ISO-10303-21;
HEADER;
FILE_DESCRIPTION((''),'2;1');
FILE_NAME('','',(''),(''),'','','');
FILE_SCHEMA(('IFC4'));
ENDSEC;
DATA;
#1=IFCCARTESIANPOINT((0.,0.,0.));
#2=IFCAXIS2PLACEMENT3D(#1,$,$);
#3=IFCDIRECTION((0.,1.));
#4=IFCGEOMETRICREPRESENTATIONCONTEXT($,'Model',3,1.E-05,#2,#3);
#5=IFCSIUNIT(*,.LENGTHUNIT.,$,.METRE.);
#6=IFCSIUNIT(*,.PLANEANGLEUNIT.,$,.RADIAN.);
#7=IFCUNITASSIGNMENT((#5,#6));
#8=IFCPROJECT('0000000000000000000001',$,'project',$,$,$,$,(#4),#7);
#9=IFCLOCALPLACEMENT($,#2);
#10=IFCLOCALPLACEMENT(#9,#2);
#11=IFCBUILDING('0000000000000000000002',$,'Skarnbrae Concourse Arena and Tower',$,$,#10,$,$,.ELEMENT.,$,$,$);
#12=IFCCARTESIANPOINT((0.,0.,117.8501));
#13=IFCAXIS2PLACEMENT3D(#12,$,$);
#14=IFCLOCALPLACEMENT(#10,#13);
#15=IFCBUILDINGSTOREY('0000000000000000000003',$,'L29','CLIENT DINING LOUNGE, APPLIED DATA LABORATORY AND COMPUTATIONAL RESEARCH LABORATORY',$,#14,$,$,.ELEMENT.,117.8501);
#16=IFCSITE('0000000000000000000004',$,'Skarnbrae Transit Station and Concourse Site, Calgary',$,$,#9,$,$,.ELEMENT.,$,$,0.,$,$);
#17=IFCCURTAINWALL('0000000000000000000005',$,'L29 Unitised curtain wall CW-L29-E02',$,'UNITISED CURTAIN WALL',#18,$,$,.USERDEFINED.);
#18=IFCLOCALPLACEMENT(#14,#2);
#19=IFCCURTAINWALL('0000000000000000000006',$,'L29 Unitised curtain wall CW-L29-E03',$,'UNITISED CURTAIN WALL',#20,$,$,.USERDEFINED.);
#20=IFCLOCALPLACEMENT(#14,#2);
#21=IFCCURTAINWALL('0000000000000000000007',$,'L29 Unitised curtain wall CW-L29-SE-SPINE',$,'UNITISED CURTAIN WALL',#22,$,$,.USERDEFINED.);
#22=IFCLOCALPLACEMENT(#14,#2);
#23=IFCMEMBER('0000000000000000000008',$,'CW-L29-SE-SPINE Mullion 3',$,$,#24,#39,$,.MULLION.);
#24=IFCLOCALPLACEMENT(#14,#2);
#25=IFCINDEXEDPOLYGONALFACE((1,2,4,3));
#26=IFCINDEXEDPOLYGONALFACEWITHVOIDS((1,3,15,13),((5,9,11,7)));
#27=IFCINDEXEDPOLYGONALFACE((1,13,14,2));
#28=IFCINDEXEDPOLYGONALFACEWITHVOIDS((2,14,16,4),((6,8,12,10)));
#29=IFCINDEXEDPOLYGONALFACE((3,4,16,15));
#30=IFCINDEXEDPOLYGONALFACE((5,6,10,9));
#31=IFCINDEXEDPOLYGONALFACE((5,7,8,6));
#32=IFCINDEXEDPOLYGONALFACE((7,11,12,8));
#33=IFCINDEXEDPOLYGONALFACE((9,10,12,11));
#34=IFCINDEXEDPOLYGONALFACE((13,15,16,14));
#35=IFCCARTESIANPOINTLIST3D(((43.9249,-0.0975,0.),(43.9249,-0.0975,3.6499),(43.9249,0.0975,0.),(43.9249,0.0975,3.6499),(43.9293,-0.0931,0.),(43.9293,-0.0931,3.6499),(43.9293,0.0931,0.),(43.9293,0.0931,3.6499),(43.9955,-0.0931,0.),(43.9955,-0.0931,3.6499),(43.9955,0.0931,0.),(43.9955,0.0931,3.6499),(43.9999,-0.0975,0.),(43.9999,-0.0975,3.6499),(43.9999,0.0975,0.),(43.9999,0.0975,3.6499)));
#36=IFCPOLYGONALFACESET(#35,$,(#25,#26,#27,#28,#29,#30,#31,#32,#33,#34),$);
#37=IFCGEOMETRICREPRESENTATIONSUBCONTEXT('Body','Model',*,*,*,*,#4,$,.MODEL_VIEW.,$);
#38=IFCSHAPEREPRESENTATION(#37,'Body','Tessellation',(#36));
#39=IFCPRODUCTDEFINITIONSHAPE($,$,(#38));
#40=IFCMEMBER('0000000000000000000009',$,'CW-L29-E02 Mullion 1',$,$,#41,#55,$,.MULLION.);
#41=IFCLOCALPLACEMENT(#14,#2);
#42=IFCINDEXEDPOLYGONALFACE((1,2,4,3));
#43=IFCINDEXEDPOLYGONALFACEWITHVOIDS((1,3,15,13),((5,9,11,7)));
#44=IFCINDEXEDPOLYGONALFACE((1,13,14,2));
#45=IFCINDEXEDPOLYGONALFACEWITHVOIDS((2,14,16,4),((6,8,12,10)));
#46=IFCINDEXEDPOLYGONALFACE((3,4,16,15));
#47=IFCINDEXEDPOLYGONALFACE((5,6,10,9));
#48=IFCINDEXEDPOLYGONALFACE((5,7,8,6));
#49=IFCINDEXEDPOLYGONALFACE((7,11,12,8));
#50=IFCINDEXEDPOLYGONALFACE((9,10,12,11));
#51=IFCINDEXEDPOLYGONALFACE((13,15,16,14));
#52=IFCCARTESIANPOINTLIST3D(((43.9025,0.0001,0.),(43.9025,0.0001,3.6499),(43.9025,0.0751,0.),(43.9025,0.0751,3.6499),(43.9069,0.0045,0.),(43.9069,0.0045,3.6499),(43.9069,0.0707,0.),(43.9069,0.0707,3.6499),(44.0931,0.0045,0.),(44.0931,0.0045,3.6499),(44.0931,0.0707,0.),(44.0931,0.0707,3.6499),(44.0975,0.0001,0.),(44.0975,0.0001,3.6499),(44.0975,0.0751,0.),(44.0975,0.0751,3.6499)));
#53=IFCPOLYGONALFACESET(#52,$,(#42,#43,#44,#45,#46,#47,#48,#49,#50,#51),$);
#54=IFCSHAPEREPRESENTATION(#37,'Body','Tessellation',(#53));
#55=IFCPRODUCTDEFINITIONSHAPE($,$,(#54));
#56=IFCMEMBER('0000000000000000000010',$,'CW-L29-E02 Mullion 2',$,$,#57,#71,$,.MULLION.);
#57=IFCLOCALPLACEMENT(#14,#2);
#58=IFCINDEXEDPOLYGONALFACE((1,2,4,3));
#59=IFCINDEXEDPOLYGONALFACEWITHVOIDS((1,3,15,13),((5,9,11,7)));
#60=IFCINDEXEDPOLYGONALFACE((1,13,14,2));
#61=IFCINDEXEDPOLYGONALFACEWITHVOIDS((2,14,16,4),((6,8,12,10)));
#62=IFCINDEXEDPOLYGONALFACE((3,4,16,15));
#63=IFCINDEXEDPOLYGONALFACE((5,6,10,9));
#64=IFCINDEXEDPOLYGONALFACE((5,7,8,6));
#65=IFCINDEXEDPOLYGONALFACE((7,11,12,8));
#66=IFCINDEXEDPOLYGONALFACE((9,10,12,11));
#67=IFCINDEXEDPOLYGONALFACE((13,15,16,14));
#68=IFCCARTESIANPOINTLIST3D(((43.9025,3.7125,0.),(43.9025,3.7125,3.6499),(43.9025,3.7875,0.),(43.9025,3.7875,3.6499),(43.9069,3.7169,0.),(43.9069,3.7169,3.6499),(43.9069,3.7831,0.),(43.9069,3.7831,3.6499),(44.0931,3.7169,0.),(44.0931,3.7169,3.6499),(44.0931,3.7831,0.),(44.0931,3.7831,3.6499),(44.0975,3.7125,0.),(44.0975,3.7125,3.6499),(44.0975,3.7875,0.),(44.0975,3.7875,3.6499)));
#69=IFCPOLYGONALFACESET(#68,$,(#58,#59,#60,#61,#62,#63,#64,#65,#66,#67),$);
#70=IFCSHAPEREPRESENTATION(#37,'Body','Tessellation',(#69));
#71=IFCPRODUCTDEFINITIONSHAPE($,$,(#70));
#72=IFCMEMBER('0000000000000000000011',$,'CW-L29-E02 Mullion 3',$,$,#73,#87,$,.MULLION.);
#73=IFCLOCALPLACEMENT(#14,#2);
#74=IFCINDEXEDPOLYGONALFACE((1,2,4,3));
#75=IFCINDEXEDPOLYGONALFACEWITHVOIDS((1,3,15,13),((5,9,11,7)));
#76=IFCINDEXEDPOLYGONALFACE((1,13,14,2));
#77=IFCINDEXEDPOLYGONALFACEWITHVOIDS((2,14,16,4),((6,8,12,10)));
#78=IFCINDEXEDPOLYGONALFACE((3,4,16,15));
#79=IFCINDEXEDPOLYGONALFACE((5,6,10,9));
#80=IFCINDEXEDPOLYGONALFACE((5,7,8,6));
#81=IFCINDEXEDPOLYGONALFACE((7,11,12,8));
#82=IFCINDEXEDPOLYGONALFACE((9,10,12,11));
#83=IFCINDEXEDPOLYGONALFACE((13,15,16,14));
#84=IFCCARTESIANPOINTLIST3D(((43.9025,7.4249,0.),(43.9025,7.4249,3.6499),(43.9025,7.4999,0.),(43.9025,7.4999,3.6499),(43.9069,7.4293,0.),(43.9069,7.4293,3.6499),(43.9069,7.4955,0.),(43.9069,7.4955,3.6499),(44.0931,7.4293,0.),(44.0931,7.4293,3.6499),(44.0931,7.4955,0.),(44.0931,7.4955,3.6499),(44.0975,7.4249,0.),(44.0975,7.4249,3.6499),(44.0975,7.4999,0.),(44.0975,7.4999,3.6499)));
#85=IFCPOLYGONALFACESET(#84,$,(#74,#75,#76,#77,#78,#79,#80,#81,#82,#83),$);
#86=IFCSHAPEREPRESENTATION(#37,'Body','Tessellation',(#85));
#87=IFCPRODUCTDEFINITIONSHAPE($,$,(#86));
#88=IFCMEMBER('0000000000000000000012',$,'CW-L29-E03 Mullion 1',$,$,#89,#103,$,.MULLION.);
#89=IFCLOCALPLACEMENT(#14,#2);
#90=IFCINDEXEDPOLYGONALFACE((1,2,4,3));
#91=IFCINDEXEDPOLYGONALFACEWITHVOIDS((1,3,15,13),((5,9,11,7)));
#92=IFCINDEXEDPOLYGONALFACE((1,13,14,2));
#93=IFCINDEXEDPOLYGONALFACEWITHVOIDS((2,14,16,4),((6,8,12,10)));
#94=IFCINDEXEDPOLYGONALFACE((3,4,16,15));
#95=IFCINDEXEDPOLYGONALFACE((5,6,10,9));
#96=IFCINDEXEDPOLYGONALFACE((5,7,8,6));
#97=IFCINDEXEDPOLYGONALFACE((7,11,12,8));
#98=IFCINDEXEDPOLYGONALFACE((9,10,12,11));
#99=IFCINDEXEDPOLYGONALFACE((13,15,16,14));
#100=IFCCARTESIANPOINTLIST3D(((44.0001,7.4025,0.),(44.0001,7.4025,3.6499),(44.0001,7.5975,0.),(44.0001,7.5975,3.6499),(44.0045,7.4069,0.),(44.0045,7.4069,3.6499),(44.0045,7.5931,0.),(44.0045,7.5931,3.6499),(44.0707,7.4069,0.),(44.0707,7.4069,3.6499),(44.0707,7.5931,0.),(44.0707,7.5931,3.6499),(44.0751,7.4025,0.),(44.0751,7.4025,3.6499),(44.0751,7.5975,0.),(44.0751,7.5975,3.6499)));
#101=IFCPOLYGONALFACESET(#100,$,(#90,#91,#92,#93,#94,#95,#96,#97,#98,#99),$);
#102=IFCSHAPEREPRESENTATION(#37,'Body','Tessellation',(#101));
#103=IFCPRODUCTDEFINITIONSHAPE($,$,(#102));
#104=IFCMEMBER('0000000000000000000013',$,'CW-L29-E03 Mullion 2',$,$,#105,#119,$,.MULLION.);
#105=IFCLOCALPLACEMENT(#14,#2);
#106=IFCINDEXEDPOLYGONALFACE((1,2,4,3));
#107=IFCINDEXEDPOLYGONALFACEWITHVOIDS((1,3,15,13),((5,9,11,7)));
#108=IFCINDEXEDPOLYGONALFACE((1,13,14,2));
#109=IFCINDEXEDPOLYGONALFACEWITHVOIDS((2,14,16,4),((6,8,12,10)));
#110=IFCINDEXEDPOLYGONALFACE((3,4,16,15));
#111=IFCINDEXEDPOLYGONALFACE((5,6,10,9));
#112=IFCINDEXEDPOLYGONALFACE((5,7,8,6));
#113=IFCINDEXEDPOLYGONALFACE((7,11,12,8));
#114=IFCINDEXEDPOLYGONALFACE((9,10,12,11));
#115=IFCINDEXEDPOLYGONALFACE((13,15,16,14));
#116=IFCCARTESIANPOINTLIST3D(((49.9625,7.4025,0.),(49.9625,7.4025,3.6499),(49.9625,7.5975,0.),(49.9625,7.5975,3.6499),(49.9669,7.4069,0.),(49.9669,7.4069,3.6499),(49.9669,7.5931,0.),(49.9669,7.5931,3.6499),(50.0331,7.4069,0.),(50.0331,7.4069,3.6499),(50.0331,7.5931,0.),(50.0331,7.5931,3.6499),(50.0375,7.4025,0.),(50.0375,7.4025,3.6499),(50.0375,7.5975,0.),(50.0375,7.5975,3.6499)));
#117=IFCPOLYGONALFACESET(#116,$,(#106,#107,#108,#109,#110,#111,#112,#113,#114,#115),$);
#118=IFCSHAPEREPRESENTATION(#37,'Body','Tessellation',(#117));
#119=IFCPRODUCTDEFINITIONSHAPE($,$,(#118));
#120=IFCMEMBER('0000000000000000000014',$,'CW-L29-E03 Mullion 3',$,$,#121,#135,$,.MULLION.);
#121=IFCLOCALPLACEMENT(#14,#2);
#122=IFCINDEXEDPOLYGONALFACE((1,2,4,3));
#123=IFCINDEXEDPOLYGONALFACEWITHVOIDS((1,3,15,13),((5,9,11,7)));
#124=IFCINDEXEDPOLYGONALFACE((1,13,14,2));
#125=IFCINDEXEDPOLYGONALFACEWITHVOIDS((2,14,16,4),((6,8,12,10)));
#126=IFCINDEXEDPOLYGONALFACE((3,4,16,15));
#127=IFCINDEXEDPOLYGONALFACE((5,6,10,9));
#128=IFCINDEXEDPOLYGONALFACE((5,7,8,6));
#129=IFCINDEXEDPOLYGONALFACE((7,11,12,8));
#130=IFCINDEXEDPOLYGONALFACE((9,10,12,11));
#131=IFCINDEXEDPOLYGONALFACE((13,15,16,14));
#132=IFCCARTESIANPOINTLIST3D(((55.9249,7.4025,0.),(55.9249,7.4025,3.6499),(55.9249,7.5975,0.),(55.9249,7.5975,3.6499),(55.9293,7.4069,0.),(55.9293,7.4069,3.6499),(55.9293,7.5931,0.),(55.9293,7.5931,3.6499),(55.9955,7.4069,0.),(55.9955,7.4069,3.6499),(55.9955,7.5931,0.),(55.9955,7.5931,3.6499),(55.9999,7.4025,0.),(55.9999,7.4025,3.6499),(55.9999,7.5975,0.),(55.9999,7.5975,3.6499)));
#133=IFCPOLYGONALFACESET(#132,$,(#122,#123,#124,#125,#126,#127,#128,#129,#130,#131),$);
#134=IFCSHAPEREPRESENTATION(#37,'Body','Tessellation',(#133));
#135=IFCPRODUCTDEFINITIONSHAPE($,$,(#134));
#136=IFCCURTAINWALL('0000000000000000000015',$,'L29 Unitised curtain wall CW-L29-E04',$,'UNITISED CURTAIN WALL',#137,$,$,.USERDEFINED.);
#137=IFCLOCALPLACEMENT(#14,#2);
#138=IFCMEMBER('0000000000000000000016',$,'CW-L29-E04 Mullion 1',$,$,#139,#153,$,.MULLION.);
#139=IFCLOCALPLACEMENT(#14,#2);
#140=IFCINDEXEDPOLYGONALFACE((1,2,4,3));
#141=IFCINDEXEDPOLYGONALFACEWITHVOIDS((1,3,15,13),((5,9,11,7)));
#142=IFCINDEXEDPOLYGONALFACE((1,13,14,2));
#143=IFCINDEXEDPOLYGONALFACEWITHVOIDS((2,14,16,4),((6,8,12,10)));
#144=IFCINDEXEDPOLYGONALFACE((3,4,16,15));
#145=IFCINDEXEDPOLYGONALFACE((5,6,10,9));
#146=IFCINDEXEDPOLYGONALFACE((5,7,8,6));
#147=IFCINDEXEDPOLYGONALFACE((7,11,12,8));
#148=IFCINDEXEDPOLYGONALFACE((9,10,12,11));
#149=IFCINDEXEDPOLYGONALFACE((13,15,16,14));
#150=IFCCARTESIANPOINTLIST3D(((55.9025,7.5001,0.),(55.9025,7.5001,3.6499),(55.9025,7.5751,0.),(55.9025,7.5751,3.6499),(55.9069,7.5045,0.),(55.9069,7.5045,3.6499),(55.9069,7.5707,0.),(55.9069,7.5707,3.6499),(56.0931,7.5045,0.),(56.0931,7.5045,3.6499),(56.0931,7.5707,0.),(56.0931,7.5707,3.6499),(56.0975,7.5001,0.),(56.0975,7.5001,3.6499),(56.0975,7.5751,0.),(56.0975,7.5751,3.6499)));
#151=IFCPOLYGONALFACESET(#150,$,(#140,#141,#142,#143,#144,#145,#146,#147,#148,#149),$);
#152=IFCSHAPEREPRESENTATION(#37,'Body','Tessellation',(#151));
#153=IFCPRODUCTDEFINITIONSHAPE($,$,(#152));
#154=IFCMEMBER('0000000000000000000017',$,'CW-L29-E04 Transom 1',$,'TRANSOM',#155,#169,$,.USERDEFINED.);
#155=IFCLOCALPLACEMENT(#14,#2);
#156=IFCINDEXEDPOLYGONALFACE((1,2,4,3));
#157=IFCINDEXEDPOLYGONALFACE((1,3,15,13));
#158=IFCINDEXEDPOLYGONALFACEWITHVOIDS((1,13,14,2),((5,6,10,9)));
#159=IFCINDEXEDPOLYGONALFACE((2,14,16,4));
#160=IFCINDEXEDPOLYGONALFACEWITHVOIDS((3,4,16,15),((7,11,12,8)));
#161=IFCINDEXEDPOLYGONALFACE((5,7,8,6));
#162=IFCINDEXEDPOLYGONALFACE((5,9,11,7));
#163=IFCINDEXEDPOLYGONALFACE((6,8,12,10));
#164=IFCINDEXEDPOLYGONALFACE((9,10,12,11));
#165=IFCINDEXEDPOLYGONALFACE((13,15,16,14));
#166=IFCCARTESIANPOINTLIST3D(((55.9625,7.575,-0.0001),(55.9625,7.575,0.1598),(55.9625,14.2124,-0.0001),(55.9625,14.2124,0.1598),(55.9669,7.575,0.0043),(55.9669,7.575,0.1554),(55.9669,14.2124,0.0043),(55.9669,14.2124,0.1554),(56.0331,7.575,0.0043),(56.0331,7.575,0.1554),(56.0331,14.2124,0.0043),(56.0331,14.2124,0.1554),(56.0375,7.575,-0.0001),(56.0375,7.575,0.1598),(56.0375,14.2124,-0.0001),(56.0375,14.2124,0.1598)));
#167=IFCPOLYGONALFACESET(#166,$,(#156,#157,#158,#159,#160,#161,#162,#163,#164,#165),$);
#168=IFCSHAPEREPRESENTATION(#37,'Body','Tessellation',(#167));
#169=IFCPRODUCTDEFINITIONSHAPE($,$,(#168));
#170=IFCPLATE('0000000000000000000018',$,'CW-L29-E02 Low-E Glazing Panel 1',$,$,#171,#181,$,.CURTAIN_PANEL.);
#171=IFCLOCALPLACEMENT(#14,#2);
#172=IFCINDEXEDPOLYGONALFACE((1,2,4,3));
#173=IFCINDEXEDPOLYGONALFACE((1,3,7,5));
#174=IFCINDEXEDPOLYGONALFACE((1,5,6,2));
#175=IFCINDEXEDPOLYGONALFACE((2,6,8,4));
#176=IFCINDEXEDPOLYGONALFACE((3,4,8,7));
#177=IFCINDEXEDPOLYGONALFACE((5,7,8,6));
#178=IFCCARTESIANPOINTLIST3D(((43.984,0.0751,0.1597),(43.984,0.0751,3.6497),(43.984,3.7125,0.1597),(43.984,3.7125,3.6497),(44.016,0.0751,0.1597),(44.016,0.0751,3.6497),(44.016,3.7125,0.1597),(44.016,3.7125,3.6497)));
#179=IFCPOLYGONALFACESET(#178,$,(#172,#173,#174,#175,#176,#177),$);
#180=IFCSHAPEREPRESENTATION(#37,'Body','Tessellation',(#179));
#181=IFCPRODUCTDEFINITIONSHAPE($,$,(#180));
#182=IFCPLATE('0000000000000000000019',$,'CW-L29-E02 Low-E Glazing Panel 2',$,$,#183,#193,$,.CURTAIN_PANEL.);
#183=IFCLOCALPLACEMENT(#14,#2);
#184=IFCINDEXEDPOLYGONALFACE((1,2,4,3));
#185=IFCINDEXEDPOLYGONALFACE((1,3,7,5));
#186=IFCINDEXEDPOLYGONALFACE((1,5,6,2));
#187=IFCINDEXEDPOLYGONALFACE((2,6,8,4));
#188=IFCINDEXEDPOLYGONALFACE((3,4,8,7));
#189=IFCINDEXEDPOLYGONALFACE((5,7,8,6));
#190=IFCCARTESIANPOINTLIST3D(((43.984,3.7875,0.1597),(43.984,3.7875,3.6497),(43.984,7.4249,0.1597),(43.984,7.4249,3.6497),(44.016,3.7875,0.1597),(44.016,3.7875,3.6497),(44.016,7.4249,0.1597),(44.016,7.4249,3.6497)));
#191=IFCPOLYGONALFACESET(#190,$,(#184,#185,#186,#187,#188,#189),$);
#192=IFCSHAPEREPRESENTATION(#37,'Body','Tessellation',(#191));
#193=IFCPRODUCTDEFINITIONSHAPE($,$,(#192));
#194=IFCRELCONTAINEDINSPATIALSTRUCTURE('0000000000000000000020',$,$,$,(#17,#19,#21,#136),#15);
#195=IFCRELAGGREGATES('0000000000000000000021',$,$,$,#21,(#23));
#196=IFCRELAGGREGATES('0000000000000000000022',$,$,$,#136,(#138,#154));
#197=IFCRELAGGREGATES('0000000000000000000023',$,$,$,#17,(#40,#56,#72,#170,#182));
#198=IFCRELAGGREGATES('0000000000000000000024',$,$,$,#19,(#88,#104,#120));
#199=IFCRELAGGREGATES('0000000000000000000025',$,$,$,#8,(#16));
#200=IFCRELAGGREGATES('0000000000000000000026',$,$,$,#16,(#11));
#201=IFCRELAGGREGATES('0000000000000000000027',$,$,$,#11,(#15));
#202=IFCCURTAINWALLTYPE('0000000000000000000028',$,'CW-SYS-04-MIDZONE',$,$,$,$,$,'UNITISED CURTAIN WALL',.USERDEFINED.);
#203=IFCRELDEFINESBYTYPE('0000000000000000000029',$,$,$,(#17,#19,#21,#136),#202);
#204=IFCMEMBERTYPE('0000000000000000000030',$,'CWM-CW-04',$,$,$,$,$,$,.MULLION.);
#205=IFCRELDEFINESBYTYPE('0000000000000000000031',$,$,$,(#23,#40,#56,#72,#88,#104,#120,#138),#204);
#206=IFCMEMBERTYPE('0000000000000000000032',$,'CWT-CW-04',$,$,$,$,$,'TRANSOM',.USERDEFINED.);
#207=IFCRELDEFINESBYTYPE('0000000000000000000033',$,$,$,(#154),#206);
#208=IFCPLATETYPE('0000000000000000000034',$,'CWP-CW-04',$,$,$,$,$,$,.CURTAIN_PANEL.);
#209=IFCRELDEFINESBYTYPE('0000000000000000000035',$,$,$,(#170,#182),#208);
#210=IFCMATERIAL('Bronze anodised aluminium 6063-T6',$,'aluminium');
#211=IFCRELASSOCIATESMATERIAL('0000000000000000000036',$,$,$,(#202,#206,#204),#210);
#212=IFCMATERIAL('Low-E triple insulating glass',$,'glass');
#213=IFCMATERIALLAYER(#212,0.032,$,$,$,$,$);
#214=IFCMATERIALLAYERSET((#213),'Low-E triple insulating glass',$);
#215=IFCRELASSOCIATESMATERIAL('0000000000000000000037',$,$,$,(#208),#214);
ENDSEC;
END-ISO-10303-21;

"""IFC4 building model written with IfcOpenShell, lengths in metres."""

from ifc_helpers import new_model, si_unit, direction, frame, origin, origin_2d, place, context, subcontext, project, spatial, rectangle, hollow_rectangle, extrude, source, transform, mapped, material, layer, layer_set, material_profile, profile_set, type_object, element, aggregate, save


model = new_model("IFC4")

# Units and contexts
model_context = context("Model", 3, precision=1e-05, world=origin(), true_north=direction((0.0, 1.0)))
body_context = subcontext(model_context, "Body", "Model", "MODEL_VIEW")
ifc_project = project(units=[si_unit("LENGTHUNIT", "METRE"), si_unit("PLANEANGLEUNIT", "RADIAN")], contexts=[model_context])

# Site, building, storey
site_placement = place(None, origin())
site = spatial("IfcSite", under=ifc_project, at=site_placement, Name="Skarnbrae Transit Station and Concourse Site, Calgary", CompositionType="ELEMENT", RefElevation=0.0)
building_placement = place(site_placement, origin())
building = spatial("IfcBuilding", under=site, at=building_placement, Name="Skarnbrae Concourse Arena and Tower", CompositionType="ELEMENT")
storey_placement = place(building_placement, frame((0.0, 0.0, 117.8501)))
storey = spatial("IfcBuildingStorey", under=building, at=storey_placement, Name="L29", Description="CLIENT DINING LOUNGE, APPLIED DATA LABORATORY AND COMPUTATIONAL RESEARCH LABORATORY", CompositionType="ELEMENT", Elevation=117.8501)

# Curtain walls
ifc_material_1 = material(Name="Bronze anodised aluminium 6063-T6", Category="aluminium")
curtain_wall_type = type_object("IfcCurtainWallType", Name="CW-SYS-04-MIDZONE", ElementType="UNITISED CURTAIN WALL", PredefinedType="USERDEFINED", material=ifc_material_1)
curtain_wall_1_placement = place(storey_placement, origin())
curtain_wall_1 = element("IfcCurtainWall", 1, at=curtain_wall_1_placement, inside=storey, type_object=curtain_wall_type, Name="L29 Unitised curtain wall CW-L29-E02", ObjectType="UNITISED CURTAIN WALL", PredefinedType="USERDEFINED")
ifc_material_profile_1 = material_profile(ifc_material_1, hollow_rectangle(XDim=0.075, YDim=0.1599, WallThickness=0.0044, at=origin_2d()), Name="ALU-TRAN-75X160")
ifc_profile_set_1 = profile_set([ifc_material_profile_1], Name="Bronze anodised aluminium 6063-T6")
member_type_1 = type_object("IfcMemberType", Name="CWT-CW-04", ElementType="TRANSOM", PredefinedType="USERDEFINED", material=ifc_profile_set_1)
curtain_wall_2_placement = place(storey_placement, origin())
curtain_wall_2 = element("IfcCurtainWall", 2, at=curtain_wall_2_placement, inside=storey, type_object=curtain_wall_type, Name="L29 Unitised curtain wall CW-L29-E03", ObjectType="UNITISED CURTAIN WALL", PredefinedType="USERDEFINED")

# Curtain wall, member
curtain_wall_3_placement = place(storey_placement, origin())
curtain_wall_3 = element("IfcCurtainWall", 3, at=curtain_wall_3_placement, inside=storey, type_object=curtain_wall_type, Name="L29 Unitised curtain wall CW-L29-SE-SPINE", ObjectType="UNITISED CURTAIN WALL", PredefinedType="USERDEFINED")
ifc_material_profile_2 = material_profile(ifc_material_1, hollow_rectangle(XDim=0.075, YDim=0.1951, WallThickness=0.0044, at=origin_2d()), Name="ALU-MULL-75X195")
ifc_profile_set_2 = profile_set([ifc_material_profile_2], Name="Bronze anodised aluminium 6063-T6")
member_type_2 = type_object("IfcMemberType", Name="CWM-CW-04", PredefinedType="MULLION", material=ifc_profile_set_2)
shared_shape_1 = source(origin(), body_context, "Body", "SweptSolid", [
    extrude(hollow_rectangle(XDim=0.075, YDim=0.1951, WallThickness=0.0044, at=origin_2d()), origin(), (0.0, 0.0, 1.0), 3.6499),
])
member_1_placement = place(storey_placement, frame((43.9624, 0.0, 0.0), z_axis=(0.0, 0.0, 1.0), x_axis=(1.0, 0.0, 0.0)))
member_1 = element("IfcMember", 4, at=member_1_placement, type_object=member_type_2, Name="CW-L29-SE-SPINE Mullion 3", PredefinedType="MULLION", context=body_context, shape_type="MappedRepresentation", body=[
    mapped(shared_shape_1, transform((0.0, 0.0, 0.0))),
])
aggregate(curtain_wall_3, [member_1])

# Members
member_2_placement = place(storey_placement, frame((44.0, 0.0376, 0.0), z_axis=(0.0, 0.0, 1.0), x_axis=(0.0, 1.0, 0.0)))
member_2 = element("IfcMember", 5, at=member_2_placement, type_object=member_type_2, Name="CW-L29-E02 Mullion 1", PredefinedType="MULLION", context=body_context, shape_type="MappedRepresentation", body=[
    mapped(shared_shape_1, transform((0.0, 0.0, 0.0))),
])
member_3_placement = place(storey_placement, frame((44.0, 3.75, 0.0), z_axis=(0.0, 0.0, 1.0), x_axis=(0.0, 1.0, 0.0)))
member_3 = element("IfcMember", 6, at=member_3_placement, type_object=member_type_2, Name="CW-L29-E02 Mullion 2", PredefinedType="MULLION", context=body_context, shape_type="MappedRepresentation", body=[
    mapped(shared_shape_1, transform((0.0, 0.0, 0.0))),
])
member_4_placement = place(storey_placement, frame((44.0, 7.4624, 0.0), z_axis=(0.0, 0.0, 1.0), x_axis=(0.0, 1.0, 0.0)))
member_4 = element("IfcMember", 7, at=member_4_placement, type_object=member_type_2, Name="CW-L29-E02 Mullion 3", PredefinedType="MULLION", context=body_context, shape_type="MappedRepresentation", body=[
    mapped(shared_shape_1, transform((0.0, 0.0, 0.0))),
])
member_5_placement = place(storey_placement, frame((44.0376, 7.5, 0.0), z_axis=(0.0, 0.0, 1.0), x_axis=(1.0, 0.0, 0.0)))
member_5 = element("IfcMember", 8, at=member_5_placement, type_object=member_type_2, Name="CW-L29-E03 Mullion 1", PredefinedType="MULLION", context=body_context, shape_type="MappedRepresentation", body=[
    mapped(shared_shape_1, transform((0.0, 0.0, 0.0))),
])
member_6_placement = place(storey_placement, frame((50.0, 7.5, 0.0), z_axis=(0.0, 0.0, 1.0), x_axis=(1.0, 0.0, 0.0)))
member_6 = element("IfcMember", 9, at=member_6_placement, type_object=member_type_2, Name="CW-L29-E03 Mullion 2", PredefinedType="MULLION", context=body_context, shape_type="MappedRepresentation", body=[
    mapped(shared_shape_1, transform((0.0, 0.0, 0.0))),
])
member_7_placement = place(storey_placement, frame((55.9624, 7.5, 0.0), z_axis=(0.0, 0.0, 1.0), x_axis=(1.0, 0.0, 0.0)))
member_7 = element("IfcMember", 10, at=member_7_placement, type_object=member_type_2, Name="CW-L29-E03 Mullion 3", PredefinedType="MULLION", context=body_context, shape_type="MappedRepresentation", body=[
    mapped(shared_shape_1, transform((0.0, 0.0, 0.0))),
])

# Curtain wall, members
curtain_wall_4_placement = place(storey_placement, origin())
curtain_wall_4 = element("IfcCurtainWall", 11, at=curtain_wall_4_placement, inside=storey, type_object=curtain_wall_type, Name="L29 Unitised curtain wall CW-L29-E04", ObjectType="UNITISED CURTAIN WALL", PredefinedType="USERDEFINED")
member_8_placement = place(storey_placement, frame((56.0, 7.5376, 0.0), z_axis=(0.0, 0.0, 1.0), x_axis=(0.0, 1.0, 0.0)))
member_8 = element("IfcMember", 12, at=member_8_placement, type_object=member_type_2, Name="CW-L29-E04 Mullion 1", PredefinedType="MULLION", context=body_context, shape_type="MappedRepresentation", body=[
    mapped(shared_shape_1, transform((0.0, 0.0, 0.0))),
])
shared_shape_2 = source(origin(), body_context, "Body", "SweptSolid", [
    extrude(hollow_rectangle(XDim=0.075, YDim=0.1599, WallThickness=0.0044, at=origin_2d()), origin(), (0.0, 0.0, 1.0), 6.6375),
])
member_9_placement = place(storey_placement, frame((56.0, 7.575, 0.0798), z_axis=(0.0, 1.0, 0.0), x_axis=(-1.0, 0.0, 0.0)))
member_9 = element("IfcMember", 13, at=member_9_placement, type_object=member_type_1, Name="CW-L29-E04 Transom 1", ObjectType="TRANSOM", PredefinedType="USERDEFINED", context=body_context, shape_type="MappedRepresentation", body=[
    mapped(shared_shape_2, transform((0.0, 0.0, 0.0))),
])
aggregate(curtain_wall_4, [member_8, member_9])

# Plates
ifc_material_2 = material(Name="Low-E triple insulating glass", Category="glass")
ifc_layer = layer(ifc_material_2, 0.032)
ifc_layer_set = layer_set([ifc_layer], Name="Low-E triple insulating glass")
plate_type = type_object("IfcPlateType", Name="CWP-CW-04", PredefinedType="CURTAIN_PANEL", material=ifc_layer_set)
shared_shape_3 = source(origin(), body_context, "Body", "SweptSolid", [
    extrude(rectangle(XDim=3.6375, YDim=0.032, at=origin_2d()), origin(), (0.0, 0.0, 1.0), 3.49),
])
plate_1_placement = place(storey_placement, frame((44.0, 1.8938, 0.1597), z_axis=(0.0, 0.0, 1.0), x_axis=(0.0, 1.0, 0.0)))
plate_1 = element("IfcPlate", 14, at=plate_1_placement, type_object=plate_type, Name="CW-L29-E02 Low-E Glazing Panel 1", PredefinedType="CURTAIN_PANEL", context=body_context, shape_type="MappedRepresentation", body=[
    mapped(shared_shape_3, transform((0.0, 0.0, 0.0))),
])
plate_2_placement = place(storey_placement, frame((44.0, 5.6062, 0.1597), z_axis=(0.0, 0.0, 1.0), x_axis=(0.0, 1.0, 0.0)))
plate_2 = element("IfcPlate", 15, at=plate_2_placement, type_object=plate_type, Name="CW-L29-E02 Low-E Glazing Panel 2", PredefinedType="CURTAIN_PANEL", context=body_context, shape_type="MappedRepresentation", body=[
    mapped(shared_shape_3, transform((0.0, 0.0, 0.0))),
])
aggregate(curtain_wall_1, [member_2, member_3, member_4, plate_1, plate_2])
aggregate(curtain_wall_2, [member_5, member_6, member_7])

save(model, "model.ifc")
